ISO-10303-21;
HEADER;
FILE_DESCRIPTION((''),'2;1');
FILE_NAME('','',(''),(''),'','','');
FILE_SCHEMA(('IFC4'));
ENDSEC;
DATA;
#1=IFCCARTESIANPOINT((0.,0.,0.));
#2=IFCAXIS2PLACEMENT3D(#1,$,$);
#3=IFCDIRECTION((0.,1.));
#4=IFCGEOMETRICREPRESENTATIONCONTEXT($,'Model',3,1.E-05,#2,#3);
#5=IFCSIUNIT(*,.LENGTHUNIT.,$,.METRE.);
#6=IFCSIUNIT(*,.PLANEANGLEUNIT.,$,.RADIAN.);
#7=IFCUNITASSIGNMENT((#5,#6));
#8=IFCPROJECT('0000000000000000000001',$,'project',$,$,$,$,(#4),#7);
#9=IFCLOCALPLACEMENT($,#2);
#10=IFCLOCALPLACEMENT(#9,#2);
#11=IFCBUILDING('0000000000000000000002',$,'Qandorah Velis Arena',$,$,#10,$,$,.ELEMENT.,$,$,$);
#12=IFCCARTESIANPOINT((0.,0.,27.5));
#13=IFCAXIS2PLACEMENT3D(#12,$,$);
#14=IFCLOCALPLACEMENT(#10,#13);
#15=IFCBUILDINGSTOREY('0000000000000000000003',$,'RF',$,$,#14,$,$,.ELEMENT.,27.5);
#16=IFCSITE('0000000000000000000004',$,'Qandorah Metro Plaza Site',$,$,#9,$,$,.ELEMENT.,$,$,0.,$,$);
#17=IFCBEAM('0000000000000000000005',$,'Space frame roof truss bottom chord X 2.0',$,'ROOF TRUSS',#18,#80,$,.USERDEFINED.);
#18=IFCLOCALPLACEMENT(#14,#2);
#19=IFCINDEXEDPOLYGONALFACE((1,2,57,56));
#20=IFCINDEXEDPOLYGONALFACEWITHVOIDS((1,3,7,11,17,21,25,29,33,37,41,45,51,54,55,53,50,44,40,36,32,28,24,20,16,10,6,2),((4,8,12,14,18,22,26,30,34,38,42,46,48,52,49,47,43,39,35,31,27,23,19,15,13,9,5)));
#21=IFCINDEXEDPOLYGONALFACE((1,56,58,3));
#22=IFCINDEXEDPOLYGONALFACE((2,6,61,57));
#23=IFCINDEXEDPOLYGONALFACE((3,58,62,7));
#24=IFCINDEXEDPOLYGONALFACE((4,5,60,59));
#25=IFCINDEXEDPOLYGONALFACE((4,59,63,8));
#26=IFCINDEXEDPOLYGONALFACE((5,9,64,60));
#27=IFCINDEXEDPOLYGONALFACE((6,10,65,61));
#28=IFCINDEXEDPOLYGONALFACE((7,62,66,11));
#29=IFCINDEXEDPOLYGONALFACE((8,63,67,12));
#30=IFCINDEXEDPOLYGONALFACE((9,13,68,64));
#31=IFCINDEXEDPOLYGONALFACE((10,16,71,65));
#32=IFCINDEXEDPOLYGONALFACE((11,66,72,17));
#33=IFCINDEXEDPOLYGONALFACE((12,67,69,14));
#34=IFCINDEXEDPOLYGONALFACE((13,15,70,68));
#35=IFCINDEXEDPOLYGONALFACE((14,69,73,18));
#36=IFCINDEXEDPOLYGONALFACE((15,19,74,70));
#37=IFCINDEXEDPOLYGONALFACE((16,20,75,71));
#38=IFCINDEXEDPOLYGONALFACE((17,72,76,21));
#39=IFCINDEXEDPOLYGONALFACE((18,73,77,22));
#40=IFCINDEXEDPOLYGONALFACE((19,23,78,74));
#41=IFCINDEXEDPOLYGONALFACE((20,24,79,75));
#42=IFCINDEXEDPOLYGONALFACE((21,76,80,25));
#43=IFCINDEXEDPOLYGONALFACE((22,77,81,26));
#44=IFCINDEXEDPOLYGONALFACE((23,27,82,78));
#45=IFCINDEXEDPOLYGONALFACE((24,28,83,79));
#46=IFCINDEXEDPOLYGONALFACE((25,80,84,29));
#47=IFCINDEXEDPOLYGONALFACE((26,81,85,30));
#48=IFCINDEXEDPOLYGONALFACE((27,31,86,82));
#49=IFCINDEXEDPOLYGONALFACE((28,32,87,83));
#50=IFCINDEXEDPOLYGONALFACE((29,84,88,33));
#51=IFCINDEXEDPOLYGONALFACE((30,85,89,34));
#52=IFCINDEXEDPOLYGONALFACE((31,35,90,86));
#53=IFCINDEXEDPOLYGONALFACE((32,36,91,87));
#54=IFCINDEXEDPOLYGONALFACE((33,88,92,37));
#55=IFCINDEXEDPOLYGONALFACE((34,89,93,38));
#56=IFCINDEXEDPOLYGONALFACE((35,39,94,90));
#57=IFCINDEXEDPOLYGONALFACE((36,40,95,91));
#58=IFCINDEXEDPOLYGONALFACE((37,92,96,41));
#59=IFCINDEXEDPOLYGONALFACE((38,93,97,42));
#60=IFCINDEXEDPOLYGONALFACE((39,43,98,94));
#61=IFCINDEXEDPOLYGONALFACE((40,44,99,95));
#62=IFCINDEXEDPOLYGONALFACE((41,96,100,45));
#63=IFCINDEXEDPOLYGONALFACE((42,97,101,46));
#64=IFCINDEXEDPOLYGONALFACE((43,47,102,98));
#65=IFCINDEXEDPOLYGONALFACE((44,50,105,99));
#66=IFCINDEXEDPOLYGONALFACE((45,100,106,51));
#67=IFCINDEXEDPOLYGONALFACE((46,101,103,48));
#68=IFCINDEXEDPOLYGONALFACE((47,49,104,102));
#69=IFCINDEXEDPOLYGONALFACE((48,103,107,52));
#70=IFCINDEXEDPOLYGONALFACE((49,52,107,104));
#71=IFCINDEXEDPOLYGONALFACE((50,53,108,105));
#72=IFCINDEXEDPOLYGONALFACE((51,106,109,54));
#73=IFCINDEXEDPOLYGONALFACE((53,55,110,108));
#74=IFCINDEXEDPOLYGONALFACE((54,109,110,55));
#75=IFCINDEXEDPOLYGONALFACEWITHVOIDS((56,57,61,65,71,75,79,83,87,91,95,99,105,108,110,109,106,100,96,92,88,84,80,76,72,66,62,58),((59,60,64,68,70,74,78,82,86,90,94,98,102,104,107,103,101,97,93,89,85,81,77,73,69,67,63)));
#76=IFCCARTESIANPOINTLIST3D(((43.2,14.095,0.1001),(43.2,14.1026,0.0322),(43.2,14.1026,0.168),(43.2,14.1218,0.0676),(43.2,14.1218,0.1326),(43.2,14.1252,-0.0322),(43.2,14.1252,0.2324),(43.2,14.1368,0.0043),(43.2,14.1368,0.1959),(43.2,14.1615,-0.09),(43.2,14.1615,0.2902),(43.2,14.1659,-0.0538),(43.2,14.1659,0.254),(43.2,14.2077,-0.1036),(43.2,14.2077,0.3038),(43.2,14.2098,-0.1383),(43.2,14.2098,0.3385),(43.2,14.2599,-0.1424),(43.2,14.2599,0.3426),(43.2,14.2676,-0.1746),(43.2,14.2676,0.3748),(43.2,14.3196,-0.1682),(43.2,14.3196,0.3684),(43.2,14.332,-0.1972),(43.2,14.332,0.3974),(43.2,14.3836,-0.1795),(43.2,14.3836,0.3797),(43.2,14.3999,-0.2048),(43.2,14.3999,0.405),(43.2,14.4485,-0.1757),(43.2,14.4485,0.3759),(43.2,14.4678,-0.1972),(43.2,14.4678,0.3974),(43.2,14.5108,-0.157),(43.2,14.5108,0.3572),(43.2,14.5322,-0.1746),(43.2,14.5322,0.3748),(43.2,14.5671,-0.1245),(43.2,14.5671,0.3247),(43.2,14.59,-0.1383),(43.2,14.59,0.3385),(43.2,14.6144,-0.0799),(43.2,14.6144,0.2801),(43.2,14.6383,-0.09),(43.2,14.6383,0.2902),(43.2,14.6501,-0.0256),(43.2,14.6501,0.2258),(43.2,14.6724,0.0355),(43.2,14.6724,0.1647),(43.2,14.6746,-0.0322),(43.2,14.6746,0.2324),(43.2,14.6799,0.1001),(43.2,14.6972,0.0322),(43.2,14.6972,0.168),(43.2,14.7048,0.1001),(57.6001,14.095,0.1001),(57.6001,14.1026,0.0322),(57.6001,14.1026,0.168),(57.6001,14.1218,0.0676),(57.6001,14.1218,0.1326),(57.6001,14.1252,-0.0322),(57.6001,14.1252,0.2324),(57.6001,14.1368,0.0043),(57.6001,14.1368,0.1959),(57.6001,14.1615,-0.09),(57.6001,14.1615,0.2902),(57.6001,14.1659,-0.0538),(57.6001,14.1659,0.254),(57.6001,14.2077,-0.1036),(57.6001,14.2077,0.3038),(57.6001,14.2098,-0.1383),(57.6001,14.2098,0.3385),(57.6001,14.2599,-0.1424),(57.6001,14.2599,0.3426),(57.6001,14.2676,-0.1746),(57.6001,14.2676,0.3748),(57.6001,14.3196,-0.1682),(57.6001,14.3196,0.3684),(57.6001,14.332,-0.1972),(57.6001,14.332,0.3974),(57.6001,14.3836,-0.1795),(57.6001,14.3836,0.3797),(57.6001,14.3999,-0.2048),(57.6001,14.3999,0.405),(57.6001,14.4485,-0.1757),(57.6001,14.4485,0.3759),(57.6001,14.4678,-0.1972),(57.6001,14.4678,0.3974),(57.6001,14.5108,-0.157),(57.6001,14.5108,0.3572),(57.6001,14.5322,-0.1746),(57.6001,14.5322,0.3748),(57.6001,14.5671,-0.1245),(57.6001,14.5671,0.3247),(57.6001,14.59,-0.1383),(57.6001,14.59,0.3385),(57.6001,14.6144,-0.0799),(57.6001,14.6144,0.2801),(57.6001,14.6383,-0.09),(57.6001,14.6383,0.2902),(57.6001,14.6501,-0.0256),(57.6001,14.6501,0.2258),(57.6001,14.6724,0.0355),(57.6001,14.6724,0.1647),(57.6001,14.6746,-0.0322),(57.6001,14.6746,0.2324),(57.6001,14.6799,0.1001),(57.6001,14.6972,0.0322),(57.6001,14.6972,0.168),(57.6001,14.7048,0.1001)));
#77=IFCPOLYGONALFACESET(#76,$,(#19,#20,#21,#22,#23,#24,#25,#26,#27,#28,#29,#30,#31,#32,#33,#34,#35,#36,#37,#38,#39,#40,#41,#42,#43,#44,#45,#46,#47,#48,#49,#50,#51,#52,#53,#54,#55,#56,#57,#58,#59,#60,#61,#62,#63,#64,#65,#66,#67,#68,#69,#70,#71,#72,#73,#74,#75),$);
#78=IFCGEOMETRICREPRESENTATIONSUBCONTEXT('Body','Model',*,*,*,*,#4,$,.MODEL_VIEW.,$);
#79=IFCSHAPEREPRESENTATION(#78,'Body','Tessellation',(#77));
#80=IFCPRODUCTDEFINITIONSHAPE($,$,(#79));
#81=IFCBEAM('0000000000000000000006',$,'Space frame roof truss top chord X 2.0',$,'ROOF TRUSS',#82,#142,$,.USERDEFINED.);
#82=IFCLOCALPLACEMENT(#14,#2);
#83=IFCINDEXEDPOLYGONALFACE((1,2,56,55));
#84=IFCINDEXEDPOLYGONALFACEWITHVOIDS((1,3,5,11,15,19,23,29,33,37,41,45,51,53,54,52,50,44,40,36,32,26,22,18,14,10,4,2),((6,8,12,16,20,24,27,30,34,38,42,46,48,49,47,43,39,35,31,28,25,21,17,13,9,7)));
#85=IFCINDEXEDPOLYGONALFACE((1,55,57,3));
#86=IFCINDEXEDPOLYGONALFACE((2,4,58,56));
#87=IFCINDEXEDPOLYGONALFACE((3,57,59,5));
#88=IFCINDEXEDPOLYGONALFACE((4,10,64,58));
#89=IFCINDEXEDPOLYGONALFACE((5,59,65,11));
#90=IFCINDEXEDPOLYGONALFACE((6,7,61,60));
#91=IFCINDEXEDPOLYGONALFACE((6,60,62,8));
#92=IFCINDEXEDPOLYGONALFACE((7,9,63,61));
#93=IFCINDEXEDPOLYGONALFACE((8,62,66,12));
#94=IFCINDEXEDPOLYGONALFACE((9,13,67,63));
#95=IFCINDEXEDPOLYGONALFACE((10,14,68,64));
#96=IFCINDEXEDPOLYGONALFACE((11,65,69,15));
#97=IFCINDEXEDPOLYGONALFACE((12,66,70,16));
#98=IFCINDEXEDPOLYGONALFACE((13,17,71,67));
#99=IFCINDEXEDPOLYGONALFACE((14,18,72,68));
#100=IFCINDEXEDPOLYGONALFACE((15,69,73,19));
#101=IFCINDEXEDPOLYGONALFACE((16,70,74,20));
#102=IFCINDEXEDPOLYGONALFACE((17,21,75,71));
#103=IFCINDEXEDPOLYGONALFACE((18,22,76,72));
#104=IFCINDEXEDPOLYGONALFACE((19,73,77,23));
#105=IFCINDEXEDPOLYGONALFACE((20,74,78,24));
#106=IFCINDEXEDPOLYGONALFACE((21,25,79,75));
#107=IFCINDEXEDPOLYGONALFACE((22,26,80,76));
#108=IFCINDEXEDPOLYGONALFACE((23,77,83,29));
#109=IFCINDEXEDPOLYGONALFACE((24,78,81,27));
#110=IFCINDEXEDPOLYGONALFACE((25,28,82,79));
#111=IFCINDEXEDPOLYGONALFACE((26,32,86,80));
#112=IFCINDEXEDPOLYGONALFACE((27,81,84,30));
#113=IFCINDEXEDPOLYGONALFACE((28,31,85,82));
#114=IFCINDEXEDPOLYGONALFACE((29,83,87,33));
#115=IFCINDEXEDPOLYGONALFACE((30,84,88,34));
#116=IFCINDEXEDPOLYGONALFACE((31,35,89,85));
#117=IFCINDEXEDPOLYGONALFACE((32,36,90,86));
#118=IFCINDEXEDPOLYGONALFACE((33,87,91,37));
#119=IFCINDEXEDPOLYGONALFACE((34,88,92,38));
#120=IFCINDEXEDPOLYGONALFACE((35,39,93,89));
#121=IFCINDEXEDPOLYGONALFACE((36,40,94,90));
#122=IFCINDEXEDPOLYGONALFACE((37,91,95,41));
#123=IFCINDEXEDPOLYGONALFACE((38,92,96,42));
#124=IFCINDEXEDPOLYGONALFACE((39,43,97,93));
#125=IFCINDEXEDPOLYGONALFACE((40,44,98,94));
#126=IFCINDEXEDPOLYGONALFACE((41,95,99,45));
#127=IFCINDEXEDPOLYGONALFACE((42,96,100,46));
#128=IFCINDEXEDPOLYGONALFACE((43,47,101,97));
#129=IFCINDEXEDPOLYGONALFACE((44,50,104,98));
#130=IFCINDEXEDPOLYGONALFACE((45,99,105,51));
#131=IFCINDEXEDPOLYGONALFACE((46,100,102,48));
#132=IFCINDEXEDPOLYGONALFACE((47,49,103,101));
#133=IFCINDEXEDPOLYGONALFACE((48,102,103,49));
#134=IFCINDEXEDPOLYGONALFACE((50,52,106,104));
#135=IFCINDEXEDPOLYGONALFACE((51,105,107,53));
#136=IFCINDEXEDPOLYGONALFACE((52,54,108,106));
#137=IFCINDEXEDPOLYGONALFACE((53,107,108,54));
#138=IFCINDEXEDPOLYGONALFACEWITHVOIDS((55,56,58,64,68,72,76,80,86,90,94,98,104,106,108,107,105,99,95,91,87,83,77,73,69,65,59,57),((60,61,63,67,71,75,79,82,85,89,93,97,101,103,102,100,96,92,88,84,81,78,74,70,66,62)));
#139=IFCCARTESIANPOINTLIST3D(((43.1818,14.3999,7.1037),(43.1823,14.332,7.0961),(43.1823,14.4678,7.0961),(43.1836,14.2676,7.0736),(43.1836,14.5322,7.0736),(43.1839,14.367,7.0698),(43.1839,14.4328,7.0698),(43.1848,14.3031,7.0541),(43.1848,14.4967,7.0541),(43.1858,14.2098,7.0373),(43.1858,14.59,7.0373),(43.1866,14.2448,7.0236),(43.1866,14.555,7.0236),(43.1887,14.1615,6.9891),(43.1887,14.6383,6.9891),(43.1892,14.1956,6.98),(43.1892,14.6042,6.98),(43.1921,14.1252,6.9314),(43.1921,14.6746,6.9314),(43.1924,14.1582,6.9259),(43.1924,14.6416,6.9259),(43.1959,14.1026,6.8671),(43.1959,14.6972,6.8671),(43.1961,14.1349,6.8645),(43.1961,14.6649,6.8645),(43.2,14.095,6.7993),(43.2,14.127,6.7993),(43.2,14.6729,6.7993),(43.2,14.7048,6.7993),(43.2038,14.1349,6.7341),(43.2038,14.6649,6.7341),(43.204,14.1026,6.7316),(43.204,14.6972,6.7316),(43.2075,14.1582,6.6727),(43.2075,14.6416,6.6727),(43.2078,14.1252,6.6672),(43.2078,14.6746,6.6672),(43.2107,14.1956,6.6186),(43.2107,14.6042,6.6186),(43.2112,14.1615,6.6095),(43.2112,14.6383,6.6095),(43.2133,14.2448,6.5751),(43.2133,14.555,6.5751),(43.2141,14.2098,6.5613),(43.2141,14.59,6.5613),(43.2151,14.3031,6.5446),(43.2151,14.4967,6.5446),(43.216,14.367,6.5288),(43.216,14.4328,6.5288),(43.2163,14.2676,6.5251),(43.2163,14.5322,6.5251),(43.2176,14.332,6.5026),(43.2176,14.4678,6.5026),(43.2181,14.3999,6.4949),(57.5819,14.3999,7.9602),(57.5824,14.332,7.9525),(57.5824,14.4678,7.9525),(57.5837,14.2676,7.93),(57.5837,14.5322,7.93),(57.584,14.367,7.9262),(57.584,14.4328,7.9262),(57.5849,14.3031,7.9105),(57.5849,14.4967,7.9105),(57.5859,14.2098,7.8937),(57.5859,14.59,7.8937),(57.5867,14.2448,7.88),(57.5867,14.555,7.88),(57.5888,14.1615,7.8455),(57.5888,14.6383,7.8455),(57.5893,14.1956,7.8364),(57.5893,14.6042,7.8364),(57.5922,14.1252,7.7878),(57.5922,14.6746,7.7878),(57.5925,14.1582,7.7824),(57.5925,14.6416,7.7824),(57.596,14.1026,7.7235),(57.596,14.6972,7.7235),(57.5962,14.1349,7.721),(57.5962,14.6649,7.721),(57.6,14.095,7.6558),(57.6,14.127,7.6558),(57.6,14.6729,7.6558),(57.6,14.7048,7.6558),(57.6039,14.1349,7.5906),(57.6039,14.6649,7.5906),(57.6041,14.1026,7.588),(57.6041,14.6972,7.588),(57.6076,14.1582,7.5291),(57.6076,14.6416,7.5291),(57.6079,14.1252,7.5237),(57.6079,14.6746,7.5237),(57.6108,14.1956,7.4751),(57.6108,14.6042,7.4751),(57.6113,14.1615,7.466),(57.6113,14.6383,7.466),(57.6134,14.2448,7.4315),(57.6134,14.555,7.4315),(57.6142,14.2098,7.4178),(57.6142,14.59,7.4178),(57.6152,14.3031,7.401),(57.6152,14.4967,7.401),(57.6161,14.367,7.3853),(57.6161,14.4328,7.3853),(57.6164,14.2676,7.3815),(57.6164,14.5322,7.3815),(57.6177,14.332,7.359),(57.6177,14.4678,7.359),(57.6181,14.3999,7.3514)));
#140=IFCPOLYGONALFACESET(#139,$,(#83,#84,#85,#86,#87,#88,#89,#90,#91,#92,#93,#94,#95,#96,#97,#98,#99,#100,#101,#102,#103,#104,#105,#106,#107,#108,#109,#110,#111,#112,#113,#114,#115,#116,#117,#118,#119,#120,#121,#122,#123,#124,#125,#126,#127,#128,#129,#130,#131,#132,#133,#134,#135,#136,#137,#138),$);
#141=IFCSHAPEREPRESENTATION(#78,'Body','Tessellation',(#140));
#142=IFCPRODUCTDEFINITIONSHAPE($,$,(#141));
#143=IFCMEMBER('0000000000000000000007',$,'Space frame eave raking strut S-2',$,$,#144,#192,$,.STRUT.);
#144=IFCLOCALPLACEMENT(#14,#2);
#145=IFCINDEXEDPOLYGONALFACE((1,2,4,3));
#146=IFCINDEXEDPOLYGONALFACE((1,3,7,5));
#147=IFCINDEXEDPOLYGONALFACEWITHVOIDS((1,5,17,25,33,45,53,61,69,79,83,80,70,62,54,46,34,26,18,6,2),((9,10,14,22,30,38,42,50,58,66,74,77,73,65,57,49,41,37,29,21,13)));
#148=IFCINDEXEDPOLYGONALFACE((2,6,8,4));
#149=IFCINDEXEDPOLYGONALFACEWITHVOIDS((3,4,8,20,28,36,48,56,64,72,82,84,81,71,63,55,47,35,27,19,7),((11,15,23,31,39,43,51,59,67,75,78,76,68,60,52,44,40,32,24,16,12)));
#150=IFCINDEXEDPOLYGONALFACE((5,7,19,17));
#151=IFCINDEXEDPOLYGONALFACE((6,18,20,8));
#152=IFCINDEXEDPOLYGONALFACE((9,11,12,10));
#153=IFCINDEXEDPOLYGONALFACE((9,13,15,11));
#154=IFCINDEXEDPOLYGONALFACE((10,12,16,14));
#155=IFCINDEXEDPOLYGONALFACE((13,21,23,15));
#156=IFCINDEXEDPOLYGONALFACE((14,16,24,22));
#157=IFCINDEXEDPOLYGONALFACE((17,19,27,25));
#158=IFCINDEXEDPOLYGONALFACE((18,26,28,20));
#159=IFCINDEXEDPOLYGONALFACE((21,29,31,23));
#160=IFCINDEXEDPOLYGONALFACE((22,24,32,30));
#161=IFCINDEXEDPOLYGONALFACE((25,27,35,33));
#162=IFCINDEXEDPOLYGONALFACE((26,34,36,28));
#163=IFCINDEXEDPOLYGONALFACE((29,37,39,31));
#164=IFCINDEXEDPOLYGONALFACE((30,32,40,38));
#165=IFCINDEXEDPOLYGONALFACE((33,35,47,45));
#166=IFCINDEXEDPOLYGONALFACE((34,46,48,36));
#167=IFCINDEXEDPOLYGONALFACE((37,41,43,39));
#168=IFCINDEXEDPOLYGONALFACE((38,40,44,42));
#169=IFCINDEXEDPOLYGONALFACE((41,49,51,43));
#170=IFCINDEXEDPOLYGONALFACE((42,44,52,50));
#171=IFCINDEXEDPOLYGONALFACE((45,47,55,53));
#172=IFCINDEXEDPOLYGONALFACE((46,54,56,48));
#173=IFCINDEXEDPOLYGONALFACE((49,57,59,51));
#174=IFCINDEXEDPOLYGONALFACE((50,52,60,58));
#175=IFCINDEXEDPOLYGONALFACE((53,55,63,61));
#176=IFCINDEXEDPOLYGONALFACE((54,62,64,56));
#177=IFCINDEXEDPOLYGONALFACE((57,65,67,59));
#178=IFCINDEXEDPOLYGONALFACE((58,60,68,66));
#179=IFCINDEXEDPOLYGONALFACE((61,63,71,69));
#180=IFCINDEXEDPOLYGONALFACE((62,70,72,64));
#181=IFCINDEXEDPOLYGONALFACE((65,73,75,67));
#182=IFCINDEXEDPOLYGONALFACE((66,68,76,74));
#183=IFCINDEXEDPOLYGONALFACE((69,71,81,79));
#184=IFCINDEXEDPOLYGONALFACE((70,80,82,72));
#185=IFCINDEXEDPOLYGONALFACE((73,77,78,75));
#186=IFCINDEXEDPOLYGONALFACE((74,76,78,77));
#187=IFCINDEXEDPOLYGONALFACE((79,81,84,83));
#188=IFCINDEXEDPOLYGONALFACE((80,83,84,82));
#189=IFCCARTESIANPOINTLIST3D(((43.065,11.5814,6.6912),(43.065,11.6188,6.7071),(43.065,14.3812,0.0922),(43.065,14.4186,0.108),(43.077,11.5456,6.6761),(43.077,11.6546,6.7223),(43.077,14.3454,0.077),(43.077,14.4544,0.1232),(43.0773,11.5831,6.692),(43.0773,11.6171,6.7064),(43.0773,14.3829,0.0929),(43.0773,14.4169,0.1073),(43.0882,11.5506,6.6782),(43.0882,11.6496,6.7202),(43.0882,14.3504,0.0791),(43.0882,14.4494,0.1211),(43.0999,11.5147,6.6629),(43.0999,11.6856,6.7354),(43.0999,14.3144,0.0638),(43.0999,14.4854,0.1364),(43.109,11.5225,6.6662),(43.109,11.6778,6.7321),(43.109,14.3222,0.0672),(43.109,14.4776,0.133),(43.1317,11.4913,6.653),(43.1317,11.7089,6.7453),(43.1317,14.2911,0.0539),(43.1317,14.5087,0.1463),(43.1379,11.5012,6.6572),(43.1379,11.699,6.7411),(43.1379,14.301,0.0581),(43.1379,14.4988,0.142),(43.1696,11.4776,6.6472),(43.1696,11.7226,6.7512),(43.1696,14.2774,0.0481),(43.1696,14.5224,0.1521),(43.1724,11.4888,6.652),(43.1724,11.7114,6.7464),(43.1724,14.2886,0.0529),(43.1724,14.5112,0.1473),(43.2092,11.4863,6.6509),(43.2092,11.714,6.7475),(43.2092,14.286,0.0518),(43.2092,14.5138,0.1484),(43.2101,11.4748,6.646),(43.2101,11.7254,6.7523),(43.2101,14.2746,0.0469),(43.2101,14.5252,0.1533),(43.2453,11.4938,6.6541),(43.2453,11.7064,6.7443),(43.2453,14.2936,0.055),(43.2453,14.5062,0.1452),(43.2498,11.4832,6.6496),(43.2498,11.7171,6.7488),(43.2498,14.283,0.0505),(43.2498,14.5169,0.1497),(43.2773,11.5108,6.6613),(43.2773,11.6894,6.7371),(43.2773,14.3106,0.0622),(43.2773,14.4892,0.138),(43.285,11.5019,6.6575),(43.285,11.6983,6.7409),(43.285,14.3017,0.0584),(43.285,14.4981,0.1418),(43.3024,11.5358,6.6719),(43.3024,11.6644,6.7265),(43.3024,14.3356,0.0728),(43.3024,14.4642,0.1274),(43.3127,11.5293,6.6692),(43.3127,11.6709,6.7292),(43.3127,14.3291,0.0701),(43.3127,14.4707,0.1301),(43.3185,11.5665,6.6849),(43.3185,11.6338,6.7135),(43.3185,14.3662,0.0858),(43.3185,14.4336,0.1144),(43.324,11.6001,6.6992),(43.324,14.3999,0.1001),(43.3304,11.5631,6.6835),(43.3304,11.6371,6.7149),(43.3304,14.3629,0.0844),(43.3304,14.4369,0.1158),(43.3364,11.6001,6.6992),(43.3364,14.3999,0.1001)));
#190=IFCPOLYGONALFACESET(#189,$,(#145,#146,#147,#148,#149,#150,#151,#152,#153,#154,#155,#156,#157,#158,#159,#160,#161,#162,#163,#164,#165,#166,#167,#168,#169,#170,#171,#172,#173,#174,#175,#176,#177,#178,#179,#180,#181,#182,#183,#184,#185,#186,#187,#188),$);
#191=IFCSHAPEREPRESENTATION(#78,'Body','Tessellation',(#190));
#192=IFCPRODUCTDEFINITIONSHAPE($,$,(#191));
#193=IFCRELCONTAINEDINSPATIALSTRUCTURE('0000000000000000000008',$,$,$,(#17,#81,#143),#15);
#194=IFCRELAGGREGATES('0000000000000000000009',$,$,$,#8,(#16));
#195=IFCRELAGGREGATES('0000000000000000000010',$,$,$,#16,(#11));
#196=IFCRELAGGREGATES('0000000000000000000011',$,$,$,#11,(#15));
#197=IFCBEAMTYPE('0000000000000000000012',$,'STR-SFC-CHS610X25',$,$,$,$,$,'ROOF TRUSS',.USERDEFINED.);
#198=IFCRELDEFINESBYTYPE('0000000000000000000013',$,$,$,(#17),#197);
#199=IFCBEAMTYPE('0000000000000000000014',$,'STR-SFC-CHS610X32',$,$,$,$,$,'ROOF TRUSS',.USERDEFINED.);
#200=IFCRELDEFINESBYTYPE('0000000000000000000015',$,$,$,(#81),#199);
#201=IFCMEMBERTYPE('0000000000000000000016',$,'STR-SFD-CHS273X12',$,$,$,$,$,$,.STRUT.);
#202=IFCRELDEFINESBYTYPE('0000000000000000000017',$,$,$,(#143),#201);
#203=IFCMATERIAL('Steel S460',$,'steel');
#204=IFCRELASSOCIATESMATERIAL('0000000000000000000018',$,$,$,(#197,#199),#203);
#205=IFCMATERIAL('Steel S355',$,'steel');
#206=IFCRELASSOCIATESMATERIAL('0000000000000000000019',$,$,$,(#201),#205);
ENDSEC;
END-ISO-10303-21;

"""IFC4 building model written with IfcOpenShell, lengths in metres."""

from ifc_helpers import new_model, si_unit, direction, frame, origin, origin_2d, place, context, subcontext, project, spatial, hollow_circle, extrude, material, material_profile, profile_set, type_object, element, save


model = new_model("IFC4")

# Units and contexts
model_context = context("Model", 3, precision=1e-05, world=origin(), true_north=direction((0.0, 1.0)))
body_context = subcontext(model_context, "Body", "Model", "MODEL_VIEW")
ifc_project = project(units=[si_unit("LENGTHUNIT", "METRE"), si_unit("PLANEANGLEUNIT", "RADIAN")], contexts=[model_context])

# Site, building, storey
site_placement = place(None, origin())
site = spatial("IfcSite", under=ifc_project, at=site_placement, Name="Qandorah Metro Plaza Site", CompositionType="ELEMENT", RefElevation=0.0)
building_placement = place(site_placement, origin())
building = spatial("IfcBuilding", under=site, at=building_placement, Name="Qandorah Velis Arena", CompositionType="ELEMENT")
storey_placement = place(building_placement, frame((0.0, 0.0, 27.5)))
storey = spatial("IfcBuildingStorey", under=building, at=storey_placement, Name="RF", CompositionType="ELEMENT", Elevation=27.5)

# Beams
ifc_material_1 = material(Name="Steel S355", Category="steel")
ifc_material_2 = material(Name="Steel S460", Category="steel")
ifc_material_profile_1 = material_profile(ifc_material_2, hollow_circle(Radius=0.3049, WallThickness=0.0249, at=origin_2d()), Name="CHS 610x25")
ifc_profile_set_1 = profile_set([ifc_material_profile_1], Name="Steel S460")
beam_type_1 = type_object("IfcBeamType", Name="STR-SFC-CHS610X25", ElementType="ROOF TRUSS", PredefinedType="USERDEFINED", material=ifc_profile_set_1)
beam_1_placement = place(storey_placement, frame((43.2, 14.3999, 0.1001), z_axis=(1.0, 0.0, 0.0), x_axis=(0.0, 1.0, 0.0)))
element("IfcBeam", 1, at=beam_1_placement, inside=storey, type_object=beam_type_1, Name="Space frame roof truss bottom chord X 2.0", ObjectType="ROOF TRUSS", PredefinedType="USERDEFINED", context=body_context, shape_type="SweptSolid", body=[
    extrude(hollow_circle(Radius=0.3049, WallThickness=0.0249, at=origin_2d()), origin(), (0.0, 0.0, 1.0), 14.4001),
])
ifc_material_profile_2 = material_profile(ifc_material_2, hollow_circle(Radius=0.3049, WallThickness=0.032, at=origin_2d()), Name="CHS 610x32")
ifc_profile_set_2 = profile_set([ifc_material_profile_2], Name="Steel S460")
beam_type_2 = type_object("IfcBeamType", Name="STR-SFC-CHS610X32", ElementType="ROOF TRUSS", PredefinedType="USERDEFINED", material=ifc_profile_set_2)
beam_2_placement = place(storey_placement, frame((43.2, 14.3999, 6.7993), z_axis=(0.998236, 0.0, 0.05937), x_axis=(0.0, 1.0, 0.0)))
element("IfcBeam", 2, at=beam_2_placement, inside=storey, type_object=beam_type_2, Name="Space frame roof truss top chord X 2.0", ObjectType="ROOF TRUSS", PredefinedType="USERDEFINED", context=body_context, shape_type="SweptSolid", body=[
    extrude(hollow_circle(Radius=0.3049, WallThickness=0.032, at=origin_2d()), origin(), (0.0, 0.0, 1.0), 14.4255),
])

# Member
ifc_material_profile_3 = material_profile(ifc_material_1, hollow_circle(Radius=0.1365, WallThickness=0.0125, at=origin_2d()), Name="CHS 273x12.5")
ifc_profile_set_3 = profile_set([ifc_material_profile_3], Name="Steel S355")
member_type_1 = type_object("IfcMemberType", Name="STR-SFD-CHS273X12", PredefinedType="STRUT", material=ifc_profile_set_3)
member_1_placement = place(storey_placement, frame((43.2, 14.3999, 0.1001), z_axis=(0.0, -0.390571, 0.920573), x_axis=(1.0, 0.0, 0.0)))
element("IfcMember", 3, at=member_1_placement, inside=storey, type_object=member_type_1, Name="Space frame eave raking strut S-2", PredefinedType="STRUT", context=body_context, shape_type="SweptSolid", body=[
    extrude(hollow_circle(Radius=0.1365, WallThickness=0.0125, at=origin_2d()), origin(), (0.0, 0.0, 1.0), 7.1685),
])

save(model, "model.ifc")
